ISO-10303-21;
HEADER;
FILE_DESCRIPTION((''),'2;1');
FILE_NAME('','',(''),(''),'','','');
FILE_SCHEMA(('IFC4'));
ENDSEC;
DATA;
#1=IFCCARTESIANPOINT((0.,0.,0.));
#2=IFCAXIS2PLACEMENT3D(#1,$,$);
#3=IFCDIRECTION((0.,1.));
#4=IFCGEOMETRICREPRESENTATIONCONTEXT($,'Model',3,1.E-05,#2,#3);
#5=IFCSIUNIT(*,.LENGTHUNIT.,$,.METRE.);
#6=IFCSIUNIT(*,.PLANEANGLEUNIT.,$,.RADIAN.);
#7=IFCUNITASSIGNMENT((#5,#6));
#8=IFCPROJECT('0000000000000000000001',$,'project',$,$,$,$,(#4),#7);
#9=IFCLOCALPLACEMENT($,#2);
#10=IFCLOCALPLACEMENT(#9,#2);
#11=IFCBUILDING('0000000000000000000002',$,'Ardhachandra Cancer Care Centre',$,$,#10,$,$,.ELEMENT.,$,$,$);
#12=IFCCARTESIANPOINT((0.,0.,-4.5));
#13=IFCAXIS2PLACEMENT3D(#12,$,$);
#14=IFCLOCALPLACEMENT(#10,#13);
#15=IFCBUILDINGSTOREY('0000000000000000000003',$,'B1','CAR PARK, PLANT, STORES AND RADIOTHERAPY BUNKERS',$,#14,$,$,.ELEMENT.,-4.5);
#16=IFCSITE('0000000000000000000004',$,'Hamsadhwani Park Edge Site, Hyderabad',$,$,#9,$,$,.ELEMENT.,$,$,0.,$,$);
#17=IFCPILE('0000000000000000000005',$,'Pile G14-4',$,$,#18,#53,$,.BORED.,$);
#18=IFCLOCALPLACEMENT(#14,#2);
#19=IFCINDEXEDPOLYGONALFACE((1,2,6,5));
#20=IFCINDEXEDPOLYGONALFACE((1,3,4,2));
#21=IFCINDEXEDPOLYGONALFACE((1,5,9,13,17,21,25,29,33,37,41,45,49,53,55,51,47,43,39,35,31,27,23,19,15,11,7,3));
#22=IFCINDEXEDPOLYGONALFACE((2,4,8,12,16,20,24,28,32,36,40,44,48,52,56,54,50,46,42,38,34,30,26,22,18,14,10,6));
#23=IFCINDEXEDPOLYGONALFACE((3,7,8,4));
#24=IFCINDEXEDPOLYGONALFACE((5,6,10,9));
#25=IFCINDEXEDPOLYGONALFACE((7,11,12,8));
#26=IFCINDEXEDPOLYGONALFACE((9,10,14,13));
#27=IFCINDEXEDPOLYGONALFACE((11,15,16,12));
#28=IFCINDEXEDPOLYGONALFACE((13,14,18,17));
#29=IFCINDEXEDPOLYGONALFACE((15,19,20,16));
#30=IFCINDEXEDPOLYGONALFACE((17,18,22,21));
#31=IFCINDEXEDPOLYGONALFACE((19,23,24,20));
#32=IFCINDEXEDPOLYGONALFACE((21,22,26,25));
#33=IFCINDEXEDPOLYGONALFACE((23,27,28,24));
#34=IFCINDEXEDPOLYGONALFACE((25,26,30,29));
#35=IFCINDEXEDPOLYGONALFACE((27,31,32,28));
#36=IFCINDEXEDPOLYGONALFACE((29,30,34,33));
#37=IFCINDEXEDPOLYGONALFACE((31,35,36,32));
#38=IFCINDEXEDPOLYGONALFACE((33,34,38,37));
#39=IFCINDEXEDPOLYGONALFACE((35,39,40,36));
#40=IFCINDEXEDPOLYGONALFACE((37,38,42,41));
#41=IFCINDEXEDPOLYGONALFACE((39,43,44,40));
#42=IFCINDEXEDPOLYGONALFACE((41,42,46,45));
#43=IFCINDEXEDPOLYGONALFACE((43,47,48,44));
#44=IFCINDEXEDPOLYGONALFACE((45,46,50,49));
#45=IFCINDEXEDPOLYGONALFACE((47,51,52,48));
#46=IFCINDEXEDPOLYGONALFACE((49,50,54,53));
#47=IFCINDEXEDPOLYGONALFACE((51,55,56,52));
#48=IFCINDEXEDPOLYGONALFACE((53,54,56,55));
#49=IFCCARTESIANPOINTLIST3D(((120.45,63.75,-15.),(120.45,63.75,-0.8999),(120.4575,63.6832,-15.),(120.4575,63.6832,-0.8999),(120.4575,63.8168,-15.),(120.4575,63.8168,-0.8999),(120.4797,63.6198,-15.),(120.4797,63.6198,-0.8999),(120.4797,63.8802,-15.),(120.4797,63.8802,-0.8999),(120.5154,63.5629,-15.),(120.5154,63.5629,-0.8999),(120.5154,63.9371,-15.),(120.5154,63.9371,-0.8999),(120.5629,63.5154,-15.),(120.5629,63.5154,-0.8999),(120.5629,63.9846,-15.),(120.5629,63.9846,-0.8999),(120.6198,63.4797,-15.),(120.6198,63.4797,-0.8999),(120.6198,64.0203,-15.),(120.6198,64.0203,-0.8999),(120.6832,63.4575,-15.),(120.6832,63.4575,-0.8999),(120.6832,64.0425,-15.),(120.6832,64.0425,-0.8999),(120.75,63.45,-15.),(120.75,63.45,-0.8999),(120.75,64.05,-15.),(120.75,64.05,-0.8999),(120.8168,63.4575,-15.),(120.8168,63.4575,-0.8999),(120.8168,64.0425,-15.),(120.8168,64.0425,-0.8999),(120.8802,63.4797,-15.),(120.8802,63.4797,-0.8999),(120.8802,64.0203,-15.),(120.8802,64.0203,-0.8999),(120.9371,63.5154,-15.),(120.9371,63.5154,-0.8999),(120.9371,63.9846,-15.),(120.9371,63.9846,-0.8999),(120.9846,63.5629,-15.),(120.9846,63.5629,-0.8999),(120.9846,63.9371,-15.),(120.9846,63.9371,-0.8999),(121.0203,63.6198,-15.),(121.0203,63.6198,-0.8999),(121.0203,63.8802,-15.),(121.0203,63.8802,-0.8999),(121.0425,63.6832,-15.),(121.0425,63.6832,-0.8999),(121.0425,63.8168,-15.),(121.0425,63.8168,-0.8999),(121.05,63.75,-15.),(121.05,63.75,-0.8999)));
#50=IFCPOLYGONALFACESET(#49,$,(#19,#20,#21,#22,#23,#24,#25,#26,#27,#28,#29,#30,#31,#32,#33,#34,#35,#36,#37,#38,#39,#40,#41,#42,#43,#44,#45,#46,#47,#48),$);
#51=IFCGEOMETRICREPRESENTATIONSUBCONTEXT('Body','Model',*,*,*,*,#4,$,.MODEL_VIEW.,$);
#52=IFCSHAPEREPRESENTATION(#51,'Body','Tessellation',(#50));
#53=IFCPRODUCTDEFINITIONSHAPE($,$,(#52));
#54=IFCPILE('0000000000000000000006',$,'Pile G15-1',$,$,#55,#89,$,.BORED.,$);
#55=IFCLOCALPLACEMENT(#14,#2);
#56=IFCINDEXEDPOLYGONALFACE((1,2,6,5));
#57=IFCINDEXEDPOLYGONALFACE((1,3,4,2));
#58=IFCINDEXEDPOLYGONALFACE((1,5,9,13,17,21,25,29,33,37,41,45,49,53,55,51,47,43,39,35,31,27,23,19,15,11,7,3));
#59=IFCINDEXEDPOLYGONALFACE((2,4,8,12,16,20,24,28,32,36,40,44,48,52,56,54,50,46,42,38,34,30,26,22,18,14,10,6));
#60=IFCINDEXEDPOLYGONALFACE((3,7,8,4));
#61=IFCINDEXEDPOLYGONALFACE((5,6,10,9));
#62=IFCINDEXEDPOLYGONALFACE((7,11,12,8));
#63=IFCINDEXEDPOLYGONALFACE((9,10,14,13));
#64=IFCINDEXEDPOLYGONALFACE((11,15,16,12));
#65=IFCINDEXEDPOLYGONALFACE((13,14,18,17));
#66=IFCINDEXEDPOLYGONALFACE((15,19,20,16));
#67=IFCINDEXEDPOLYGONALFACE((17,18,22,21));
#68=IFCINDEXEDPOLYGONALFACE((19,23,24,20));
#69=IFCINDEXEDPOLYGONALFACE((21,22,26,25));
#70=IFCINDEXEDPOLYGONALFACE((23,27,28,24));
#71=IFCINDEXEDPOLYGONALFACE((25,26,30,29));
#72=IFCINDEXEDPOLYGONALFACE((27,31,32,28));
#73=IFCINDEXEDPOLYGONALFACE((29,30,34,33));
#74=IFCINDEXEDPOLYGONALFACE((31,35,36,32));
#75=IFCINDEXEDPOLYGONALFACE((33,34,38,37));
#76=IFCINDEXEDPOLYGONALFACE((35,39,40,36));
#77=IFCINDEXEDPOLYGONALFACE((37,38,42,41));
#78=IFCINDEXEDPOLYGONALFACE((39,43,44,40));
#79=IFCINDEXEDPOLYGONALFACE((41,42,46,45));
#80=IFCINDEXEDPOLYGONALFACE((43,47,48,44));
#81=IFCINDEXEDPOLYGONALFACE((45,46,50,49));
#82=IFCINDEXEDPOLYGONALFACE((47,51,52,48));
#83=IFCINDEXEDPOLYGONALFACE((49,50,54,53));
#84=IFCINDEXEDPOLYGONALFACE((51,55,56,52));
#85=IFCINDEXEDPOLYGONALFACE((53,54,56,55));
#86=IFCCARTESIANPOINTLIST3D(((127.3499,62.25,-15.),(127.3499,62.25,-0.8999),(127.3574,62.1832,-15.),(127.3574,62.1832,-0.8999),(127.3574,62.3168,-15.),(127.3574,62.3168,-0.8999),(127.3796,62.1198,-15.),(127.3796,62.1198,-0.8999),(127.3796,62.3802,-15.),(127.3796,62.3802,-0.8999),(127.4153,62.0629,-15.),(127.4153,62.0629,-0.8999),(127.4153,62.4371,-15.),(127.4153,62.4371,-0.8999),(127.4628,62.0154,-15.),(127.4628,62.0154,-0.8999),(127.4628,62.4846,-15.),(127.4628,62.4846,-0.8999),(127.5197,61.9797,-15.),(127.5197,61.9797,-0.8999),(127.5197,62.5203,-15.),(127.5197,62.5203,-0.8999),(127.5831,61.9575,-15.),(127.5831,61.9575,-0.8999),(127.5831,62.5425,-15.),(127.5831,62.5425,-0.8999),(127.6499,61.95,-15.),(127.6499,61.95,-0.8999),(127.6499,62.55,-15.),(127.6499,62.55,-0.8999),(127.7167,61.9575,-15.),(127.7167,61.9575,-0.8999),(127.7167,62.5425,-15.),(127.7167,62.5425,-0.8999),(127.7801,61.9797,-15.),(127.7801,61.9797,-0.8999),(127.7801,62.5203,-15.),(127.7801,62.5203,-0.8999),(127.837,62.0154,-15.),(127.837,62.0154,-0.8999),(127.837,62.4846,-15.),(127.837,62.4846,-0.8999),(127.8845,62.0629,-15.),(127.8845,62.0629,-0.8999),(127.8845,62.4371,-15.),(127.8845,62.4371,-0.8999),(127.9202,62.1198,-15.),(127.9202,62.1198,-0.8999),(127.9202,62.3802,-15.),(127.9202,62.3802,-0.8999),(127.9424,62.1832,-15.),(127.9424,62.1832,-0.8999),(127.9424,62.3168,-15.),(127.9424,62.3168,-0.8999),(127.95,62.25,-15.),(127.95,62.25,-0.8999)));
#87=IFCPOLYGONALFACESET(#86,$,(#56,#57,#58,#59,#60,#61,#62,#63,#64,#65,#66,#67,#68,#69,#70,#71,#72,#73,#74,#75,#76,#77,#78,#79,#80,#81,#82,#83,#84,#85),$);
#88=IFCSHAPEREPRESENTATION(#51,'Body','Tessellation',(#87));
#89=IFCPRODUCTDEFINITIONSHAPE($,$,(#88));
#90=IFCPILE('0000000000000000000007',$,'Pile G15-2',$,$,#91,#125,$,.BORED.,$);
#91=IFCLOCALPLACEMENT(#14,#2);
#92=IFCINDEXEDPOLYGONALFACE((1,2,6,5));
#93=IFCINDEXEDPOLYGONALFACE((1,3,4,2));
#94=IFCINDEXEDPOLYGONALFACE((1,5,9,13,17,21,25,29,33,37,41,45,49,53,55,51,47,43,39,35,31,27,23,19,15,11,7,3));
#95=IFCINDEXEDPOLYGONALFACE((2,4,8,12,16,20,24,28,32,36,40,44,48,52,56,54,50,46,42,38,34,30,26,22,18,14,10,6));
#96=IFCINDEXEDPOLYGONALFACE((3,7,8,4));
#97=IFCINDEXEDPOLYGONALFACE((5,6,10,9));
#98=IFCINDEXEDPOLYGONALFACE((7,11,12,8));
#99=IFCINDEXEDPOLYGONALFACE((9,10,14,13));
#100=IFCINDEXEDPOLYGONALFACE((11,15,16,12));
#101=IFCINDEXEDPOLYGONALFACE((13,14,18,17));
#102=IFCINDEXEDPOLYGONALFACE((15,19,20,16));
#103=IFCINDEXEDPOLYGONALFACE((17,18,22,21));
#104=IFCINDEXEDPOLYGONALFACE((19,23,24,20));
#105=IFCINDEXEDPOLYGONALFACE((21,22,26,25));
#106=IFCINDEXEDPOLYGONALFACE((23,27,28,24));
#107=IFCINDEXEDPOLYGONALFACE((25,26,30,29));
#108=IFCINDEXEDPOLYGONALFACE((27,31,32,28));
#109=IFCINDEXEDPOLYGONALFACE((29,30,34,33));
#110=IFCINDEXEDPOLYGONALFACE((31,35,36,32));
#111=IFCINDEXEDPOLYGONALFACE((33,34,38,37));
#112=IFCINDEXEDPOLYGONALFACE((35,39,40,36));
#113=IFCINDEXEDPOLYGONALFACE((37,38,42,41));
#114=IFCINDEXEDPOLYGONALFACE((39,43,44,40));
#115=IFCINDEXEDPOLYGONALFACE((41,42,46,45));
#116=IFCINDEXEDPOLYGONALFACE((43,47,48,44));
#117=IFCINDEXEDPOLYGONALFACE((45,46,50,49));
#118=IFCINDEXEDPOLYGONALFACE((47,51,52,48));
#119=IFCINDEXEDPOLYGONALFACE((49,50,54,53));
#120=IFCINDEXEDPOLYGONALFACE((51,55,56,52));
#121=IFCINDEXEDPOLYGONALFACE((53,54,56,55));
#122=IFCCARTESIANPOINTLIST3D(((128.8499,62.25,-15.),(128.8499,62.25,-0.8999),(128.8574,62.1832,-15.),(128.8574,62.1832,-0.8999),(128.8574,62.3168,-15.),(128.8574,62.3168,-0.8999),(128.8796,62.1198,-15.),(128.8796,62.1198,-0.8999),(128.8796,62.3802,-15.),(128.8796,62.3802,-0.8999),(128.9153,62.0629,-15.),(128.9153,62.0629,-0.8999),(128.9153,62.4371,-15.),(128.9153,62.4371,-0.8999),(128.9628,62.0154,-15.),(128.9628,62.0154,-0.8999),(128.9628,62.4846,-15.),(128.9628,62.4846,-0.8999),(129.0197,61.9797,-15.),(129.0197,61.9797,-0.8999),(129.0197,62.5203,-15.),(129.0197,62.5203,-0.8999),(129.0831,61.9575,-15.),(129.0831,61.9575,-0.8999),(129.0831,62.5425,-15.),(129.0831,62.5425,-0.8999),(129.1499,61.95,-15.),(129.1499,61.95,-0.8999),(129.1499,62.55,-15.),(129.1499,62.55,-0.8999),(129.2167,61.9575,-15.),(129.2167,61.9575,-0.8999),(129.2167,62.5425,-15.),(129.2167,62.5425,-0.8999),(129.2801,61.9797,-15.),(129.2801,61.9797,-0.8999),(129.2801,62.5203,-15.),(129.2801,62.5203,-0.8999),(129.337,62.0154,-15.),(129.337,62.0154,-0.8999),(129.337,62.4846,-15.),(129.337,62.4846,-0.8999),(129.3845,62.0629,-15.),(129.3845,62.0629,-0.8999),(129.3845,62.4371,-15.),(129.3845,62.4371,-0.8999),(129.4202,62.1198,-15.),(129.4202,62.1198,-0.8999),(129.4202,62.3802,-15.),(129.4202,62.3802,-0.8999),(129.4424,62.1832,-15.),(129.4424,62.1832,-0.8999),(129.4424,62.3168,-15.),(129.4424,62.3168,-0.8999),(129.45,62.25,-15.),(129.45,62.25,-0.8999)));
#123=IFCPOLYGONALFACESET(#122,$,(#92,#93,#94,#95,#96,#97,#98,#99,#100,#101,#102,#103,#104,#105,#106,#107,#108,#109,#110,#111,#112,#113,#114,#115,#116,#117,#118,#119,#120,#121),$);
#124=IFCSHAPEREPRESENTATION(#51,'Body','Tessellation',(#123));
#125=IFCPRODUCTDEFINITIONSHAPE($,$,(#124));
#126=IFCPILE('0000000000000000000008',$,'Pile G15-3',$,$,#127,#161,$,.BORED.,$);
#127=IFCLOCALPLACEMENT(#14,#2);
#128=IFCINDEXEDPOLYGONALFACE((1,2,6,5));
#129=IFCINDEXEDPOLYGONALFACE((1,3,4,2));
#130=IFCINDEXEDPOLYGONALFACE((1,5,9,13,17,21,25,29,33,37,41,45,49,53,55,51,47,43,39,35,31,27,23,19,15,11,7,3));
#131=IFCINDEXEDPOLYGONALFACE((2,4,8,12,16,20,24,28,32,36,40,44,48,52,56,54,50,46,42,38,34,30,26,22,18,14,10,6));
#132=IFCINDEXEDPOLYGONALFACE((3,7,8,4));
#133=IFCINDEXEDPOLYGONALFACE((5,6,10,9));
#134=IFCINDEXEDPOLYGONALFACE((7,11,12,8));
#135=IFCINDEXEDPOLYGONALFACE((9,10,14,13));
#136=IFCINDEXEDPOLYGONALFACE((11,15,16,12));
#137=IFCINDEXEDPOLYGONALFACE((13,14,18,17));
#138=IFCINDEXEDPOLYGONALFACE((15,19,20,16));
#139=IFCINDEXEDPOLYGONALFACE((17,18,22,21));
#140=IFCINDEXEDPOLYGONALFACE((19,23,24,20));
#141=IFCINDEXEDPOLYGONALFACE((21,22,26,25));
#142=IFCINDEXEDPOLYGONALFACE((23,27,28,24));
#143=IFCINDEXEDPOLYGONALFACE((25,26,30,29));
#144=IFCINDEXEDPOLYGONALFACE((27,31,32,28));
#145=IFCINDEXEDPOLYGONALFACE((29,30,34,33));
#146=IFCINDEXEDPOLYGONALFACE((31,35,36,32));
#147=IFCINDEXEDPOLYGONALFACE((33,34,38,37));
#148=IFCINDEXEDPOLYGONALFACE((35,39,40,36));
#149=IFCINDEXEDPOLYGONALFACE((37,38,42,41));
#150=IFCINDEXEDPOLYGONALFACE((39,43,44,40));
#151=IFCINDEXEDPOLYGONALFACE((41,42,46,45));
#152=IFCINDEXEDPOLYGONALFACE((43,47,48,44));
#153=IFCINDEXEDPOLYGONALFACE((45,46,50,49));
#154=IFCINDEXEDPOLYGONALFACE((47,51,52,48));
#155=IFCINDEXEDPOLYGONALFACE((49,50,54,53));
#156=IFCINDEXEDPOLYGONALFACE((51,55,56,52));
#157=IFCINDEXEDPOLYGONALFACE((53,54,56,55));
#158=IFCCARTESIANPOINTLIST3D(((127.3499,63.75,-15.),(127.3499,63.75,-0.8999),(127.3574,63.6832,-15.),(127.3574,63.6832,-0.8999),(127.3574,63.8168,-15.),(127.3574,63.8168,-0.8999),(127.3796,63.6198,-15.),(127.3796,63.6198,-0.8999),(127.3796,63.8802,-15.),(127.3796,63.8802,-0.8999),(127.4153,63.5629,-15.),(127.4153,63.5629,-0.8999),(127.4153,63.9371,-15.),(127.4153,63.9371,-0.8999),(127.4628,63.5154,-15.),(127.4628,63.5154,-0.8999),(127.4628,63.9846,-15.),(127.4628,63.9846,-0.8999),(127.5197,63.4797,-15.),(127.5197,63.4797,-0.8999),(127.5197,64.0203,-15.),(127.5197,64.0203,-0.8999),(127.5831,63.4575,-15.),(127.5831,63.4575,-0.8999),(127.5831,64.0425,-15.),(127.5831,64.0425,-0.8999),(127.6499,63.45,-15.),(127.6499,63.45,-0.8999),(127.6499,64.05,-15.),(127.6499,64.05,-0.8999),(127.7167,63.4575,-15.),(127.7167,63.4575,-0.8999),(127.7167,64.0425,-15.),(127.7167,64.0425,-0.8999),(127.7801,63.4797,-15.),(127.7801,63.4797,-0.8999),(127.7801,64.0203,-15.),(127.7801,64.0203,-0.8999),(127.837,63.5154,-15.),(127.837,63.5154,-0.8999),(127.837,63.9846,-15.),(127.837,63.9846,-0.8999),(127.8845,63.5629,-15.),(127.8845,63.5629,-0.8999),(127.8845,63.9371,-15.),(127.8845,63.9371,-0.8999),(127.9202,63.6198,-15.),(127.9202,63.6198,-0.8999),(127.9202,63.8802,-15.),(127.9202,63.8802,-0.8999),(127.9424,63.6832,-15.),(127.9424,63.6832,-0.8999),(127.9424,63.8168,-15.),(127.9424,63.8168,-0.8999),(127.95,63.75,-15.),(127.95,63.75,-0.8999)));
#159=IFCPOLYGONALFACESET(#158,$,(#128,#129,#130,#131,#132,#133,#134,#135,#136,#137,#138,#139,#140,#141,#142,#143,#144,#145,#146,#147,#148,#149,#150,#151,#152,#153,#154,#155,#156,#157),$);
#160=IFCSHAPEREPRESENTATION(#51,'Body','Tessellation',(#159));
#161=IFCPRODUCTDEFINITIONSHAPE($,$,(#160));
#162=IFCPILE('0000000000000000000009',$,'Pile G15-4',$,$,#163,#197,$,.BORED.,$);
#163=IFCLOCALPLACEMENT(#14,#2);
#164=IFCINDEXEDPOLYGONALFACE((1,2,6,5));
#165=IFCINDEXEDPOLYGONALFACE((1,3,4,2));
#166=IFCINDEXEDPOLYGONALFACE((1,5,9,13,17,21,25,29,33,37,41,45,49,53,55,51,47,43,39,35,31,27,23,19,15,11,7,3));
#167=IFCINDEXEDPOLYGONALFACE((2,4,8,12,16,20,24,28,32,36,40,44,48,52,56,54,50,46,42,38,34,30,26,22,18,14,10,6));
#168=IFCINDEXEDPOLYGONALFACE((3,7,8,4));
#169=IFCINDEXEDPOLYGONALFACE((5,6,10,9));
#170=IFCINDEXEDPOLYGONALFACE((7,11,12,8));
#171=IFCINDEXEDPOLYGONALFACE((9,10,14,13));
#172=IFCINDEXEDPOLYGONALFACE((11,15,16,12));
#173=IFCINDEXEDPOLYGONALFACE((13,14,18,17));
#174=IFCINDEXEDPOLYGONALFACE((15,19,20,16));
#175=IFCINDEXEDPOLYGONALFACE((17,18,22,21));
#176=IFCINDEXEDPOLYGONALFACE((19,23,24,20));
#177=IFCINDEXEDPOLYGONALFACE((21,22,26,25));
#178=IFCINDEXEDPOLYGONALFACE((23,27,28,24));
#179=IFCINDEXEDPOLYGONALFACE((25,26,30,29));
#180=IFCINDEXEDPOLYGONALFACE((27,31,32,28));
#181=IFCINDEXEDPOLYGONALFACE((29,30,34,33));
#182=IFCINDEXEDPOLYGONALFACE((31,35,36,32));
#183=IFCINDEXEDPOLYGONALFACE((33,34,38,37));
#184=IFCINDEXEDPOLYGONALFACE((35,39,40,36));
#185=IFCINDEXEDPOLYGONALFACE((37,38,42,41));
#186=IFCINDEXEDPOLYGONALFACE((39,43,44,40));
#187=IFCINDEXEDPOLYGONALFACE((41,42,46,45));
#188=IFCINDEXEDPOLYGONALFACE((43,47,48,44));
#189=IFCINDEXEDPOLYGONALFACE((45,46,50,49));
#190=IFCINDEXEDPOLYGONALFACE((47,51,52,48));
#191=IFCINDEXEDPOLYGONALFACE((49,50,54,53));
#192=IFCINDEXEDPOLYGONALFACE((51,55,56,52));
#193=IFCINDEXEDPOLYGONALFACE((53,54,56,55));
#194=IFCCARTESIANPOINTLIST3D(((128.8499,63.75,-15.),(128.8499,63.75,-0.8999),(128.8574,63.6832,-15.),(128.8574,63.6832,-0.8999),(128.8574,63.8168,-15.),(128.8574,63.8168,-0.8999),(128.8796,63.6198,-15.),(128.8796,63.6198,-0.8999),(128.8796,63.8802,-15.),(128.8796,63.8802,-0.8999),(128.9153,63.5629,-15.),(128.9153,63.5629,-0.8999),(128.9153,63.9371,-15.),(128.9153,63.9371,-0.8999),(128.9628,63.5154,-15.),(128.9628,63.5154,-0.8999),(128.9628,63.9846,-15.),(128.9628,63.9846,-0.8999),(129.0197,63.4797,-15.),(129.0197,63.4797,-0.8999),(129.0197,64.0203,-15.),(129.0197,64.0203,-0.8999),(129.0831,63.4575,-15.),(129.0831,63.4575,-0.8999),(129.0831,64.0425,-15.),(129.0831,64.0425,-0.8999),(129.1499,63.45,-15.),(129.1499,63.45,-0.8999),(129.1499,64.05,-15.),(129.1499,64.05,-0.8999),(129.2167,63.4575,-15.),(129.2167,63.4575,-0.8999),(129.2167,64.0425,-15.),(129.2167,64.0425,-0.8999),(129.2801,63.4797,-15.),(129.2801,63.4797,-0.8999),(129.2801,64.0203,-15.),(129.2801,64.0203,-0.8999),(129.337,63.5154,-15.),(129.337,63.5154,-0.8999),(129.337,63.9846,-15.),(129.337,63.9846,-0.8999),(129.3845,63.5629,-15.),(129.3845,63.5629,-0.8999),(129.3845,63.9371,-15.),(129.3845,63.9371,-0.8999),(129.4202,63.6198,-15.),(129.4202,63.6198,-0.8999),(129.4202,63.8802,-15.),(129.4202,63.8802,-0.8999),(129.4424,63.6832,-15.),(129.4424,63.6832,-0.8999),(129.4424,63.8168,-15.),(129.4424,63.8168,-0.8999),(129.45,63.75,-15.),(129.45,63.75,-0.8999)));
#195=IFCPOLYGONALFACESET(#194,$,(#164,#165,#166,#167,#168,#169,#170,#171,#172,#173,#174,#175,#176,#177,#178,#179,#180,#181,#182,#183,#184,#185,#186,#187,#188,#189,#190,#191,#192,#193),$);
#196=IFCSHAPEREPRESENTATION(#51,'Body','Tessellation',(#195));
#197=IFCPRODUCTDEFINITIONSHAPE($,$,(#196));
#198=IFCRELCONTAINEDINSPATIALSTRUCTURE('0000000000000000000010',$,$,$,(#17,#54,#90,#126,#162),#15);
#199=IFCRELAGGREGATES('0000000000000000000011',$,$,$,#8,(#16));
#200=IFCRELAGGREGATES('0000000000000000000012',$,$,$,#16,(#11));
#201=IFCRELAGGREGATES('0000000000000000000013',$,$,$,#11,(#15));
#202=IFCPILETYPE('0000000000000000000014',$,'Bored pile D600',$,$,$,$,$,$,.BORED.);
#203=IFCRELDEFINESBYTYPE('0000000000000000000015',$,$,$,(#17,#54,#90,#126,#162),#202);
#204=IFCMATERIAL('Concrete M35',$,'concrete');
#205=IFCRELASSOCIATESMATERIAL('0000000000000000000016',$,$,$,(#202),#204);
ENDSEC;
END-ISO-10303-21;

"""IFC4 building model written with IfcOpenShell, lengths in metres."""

from ifc_helpers import new_model, si_unit, direction, frame, origin, origin_2d, place, context, subcontext, project, spatial, circle, extrude, material, material_profile, profile_set, type_object, element, save


model = new_model("IFC4")

# Units and contexts
model_context = context("Model", 3, precision=1e-05, world=origin(), true_north=direction((0.0, 1.0)))
body_context = subcontext(model_context, "Body", "Model", "MODEL_VIEW")
ifc_project = project(units=[si_unit("LENGTHUNIT", "METRE"), si_unit("PLANEANGLEUNIT", "RADIAN")], contexts=[model_context])

# Site, building, storey
site_placement = place(None, origin())
site = spatial("IfcSite", under=ifc_project, at=site_placement, Name="Hamsadhwani Park Edge Site, Hyderabad", CompositionType="ELEMENT", RefElevation=0.0)
building_placement = place(site_placement, origin())
building = spatial("IfcBuilding", under=site, at=building_placement, Name="Ardhachandra Cancer Care Centre", CompositionType="ELEMENT")
storey_placement = place(building_placement, frame((0.0, 0.0, -4.5)))
storey = spatial("IfcBuildingStorey", under=building, at=storey_placement, Name="B1", Description="CAR PARK, PLANT, STORES AND RADIOTHERAPY BUNKERS", CompositionType="ELEMENT", Elevation=-4.5)

# Piles
ifc_material_1 = material(Name="Concrete M35", Category="concrete")
ifc_material_profile_1 = material_profile(ifc_material_1, circle(Radius=0.3, at=origin_2d()), Name="D600")
ifc_profile_set_1 = profile_set([ifc_material_profile_1], Name="Concrete M35")
pile_type = type_object("IfcPileType", Name="Bored pile D600", PredefinedType="BORED", material=ifc_profile_set_1)
for number, where, z_axis, x_axis, name in (
    (1, (120.75, 63.75, -0.8999), (0.0, 0.0, -1.0), (1.0, 0.0, 0.0), "Pile G14-4"),
    (2, (127.6499, 62.25, -0.8999), (0.0, 0.0, -1.0), (1.0, 0.0, 0.0), "Pile G15-1"),
    (3, (129.1499, 62.25, -0.8999), (0.0, 0.0, -1.0), (1.0, 0.0, 0.0), "Pile G15-2"),
    (4, (127.6499, 63.75, -0.8999), (0.0, 0.0, -1.0), (1.0, 0.0, 0.0), "Pile G15-3"),
    (5, (129.1499, 63.75, -0.8999), (0.0, 0.0, -1.0), (1.0, 0.0, 0.0), "Pile G15-4"),
):
    element("IfcPile", number, at=place(storey_placement, frame(where, z_axis=z_axis, x_axis=x_axis)), inside=storey, type_object=pile_type, Name=name, PredefinedType="BORED", context=body_context, shape_type="SweptSolid", body=[
        extrude(circle(Radius=0.3, at=origin_2d()), origin(), (0.0, 0.0, 1.0), 14.1001),
    ])

save(model, "model.ifc")
